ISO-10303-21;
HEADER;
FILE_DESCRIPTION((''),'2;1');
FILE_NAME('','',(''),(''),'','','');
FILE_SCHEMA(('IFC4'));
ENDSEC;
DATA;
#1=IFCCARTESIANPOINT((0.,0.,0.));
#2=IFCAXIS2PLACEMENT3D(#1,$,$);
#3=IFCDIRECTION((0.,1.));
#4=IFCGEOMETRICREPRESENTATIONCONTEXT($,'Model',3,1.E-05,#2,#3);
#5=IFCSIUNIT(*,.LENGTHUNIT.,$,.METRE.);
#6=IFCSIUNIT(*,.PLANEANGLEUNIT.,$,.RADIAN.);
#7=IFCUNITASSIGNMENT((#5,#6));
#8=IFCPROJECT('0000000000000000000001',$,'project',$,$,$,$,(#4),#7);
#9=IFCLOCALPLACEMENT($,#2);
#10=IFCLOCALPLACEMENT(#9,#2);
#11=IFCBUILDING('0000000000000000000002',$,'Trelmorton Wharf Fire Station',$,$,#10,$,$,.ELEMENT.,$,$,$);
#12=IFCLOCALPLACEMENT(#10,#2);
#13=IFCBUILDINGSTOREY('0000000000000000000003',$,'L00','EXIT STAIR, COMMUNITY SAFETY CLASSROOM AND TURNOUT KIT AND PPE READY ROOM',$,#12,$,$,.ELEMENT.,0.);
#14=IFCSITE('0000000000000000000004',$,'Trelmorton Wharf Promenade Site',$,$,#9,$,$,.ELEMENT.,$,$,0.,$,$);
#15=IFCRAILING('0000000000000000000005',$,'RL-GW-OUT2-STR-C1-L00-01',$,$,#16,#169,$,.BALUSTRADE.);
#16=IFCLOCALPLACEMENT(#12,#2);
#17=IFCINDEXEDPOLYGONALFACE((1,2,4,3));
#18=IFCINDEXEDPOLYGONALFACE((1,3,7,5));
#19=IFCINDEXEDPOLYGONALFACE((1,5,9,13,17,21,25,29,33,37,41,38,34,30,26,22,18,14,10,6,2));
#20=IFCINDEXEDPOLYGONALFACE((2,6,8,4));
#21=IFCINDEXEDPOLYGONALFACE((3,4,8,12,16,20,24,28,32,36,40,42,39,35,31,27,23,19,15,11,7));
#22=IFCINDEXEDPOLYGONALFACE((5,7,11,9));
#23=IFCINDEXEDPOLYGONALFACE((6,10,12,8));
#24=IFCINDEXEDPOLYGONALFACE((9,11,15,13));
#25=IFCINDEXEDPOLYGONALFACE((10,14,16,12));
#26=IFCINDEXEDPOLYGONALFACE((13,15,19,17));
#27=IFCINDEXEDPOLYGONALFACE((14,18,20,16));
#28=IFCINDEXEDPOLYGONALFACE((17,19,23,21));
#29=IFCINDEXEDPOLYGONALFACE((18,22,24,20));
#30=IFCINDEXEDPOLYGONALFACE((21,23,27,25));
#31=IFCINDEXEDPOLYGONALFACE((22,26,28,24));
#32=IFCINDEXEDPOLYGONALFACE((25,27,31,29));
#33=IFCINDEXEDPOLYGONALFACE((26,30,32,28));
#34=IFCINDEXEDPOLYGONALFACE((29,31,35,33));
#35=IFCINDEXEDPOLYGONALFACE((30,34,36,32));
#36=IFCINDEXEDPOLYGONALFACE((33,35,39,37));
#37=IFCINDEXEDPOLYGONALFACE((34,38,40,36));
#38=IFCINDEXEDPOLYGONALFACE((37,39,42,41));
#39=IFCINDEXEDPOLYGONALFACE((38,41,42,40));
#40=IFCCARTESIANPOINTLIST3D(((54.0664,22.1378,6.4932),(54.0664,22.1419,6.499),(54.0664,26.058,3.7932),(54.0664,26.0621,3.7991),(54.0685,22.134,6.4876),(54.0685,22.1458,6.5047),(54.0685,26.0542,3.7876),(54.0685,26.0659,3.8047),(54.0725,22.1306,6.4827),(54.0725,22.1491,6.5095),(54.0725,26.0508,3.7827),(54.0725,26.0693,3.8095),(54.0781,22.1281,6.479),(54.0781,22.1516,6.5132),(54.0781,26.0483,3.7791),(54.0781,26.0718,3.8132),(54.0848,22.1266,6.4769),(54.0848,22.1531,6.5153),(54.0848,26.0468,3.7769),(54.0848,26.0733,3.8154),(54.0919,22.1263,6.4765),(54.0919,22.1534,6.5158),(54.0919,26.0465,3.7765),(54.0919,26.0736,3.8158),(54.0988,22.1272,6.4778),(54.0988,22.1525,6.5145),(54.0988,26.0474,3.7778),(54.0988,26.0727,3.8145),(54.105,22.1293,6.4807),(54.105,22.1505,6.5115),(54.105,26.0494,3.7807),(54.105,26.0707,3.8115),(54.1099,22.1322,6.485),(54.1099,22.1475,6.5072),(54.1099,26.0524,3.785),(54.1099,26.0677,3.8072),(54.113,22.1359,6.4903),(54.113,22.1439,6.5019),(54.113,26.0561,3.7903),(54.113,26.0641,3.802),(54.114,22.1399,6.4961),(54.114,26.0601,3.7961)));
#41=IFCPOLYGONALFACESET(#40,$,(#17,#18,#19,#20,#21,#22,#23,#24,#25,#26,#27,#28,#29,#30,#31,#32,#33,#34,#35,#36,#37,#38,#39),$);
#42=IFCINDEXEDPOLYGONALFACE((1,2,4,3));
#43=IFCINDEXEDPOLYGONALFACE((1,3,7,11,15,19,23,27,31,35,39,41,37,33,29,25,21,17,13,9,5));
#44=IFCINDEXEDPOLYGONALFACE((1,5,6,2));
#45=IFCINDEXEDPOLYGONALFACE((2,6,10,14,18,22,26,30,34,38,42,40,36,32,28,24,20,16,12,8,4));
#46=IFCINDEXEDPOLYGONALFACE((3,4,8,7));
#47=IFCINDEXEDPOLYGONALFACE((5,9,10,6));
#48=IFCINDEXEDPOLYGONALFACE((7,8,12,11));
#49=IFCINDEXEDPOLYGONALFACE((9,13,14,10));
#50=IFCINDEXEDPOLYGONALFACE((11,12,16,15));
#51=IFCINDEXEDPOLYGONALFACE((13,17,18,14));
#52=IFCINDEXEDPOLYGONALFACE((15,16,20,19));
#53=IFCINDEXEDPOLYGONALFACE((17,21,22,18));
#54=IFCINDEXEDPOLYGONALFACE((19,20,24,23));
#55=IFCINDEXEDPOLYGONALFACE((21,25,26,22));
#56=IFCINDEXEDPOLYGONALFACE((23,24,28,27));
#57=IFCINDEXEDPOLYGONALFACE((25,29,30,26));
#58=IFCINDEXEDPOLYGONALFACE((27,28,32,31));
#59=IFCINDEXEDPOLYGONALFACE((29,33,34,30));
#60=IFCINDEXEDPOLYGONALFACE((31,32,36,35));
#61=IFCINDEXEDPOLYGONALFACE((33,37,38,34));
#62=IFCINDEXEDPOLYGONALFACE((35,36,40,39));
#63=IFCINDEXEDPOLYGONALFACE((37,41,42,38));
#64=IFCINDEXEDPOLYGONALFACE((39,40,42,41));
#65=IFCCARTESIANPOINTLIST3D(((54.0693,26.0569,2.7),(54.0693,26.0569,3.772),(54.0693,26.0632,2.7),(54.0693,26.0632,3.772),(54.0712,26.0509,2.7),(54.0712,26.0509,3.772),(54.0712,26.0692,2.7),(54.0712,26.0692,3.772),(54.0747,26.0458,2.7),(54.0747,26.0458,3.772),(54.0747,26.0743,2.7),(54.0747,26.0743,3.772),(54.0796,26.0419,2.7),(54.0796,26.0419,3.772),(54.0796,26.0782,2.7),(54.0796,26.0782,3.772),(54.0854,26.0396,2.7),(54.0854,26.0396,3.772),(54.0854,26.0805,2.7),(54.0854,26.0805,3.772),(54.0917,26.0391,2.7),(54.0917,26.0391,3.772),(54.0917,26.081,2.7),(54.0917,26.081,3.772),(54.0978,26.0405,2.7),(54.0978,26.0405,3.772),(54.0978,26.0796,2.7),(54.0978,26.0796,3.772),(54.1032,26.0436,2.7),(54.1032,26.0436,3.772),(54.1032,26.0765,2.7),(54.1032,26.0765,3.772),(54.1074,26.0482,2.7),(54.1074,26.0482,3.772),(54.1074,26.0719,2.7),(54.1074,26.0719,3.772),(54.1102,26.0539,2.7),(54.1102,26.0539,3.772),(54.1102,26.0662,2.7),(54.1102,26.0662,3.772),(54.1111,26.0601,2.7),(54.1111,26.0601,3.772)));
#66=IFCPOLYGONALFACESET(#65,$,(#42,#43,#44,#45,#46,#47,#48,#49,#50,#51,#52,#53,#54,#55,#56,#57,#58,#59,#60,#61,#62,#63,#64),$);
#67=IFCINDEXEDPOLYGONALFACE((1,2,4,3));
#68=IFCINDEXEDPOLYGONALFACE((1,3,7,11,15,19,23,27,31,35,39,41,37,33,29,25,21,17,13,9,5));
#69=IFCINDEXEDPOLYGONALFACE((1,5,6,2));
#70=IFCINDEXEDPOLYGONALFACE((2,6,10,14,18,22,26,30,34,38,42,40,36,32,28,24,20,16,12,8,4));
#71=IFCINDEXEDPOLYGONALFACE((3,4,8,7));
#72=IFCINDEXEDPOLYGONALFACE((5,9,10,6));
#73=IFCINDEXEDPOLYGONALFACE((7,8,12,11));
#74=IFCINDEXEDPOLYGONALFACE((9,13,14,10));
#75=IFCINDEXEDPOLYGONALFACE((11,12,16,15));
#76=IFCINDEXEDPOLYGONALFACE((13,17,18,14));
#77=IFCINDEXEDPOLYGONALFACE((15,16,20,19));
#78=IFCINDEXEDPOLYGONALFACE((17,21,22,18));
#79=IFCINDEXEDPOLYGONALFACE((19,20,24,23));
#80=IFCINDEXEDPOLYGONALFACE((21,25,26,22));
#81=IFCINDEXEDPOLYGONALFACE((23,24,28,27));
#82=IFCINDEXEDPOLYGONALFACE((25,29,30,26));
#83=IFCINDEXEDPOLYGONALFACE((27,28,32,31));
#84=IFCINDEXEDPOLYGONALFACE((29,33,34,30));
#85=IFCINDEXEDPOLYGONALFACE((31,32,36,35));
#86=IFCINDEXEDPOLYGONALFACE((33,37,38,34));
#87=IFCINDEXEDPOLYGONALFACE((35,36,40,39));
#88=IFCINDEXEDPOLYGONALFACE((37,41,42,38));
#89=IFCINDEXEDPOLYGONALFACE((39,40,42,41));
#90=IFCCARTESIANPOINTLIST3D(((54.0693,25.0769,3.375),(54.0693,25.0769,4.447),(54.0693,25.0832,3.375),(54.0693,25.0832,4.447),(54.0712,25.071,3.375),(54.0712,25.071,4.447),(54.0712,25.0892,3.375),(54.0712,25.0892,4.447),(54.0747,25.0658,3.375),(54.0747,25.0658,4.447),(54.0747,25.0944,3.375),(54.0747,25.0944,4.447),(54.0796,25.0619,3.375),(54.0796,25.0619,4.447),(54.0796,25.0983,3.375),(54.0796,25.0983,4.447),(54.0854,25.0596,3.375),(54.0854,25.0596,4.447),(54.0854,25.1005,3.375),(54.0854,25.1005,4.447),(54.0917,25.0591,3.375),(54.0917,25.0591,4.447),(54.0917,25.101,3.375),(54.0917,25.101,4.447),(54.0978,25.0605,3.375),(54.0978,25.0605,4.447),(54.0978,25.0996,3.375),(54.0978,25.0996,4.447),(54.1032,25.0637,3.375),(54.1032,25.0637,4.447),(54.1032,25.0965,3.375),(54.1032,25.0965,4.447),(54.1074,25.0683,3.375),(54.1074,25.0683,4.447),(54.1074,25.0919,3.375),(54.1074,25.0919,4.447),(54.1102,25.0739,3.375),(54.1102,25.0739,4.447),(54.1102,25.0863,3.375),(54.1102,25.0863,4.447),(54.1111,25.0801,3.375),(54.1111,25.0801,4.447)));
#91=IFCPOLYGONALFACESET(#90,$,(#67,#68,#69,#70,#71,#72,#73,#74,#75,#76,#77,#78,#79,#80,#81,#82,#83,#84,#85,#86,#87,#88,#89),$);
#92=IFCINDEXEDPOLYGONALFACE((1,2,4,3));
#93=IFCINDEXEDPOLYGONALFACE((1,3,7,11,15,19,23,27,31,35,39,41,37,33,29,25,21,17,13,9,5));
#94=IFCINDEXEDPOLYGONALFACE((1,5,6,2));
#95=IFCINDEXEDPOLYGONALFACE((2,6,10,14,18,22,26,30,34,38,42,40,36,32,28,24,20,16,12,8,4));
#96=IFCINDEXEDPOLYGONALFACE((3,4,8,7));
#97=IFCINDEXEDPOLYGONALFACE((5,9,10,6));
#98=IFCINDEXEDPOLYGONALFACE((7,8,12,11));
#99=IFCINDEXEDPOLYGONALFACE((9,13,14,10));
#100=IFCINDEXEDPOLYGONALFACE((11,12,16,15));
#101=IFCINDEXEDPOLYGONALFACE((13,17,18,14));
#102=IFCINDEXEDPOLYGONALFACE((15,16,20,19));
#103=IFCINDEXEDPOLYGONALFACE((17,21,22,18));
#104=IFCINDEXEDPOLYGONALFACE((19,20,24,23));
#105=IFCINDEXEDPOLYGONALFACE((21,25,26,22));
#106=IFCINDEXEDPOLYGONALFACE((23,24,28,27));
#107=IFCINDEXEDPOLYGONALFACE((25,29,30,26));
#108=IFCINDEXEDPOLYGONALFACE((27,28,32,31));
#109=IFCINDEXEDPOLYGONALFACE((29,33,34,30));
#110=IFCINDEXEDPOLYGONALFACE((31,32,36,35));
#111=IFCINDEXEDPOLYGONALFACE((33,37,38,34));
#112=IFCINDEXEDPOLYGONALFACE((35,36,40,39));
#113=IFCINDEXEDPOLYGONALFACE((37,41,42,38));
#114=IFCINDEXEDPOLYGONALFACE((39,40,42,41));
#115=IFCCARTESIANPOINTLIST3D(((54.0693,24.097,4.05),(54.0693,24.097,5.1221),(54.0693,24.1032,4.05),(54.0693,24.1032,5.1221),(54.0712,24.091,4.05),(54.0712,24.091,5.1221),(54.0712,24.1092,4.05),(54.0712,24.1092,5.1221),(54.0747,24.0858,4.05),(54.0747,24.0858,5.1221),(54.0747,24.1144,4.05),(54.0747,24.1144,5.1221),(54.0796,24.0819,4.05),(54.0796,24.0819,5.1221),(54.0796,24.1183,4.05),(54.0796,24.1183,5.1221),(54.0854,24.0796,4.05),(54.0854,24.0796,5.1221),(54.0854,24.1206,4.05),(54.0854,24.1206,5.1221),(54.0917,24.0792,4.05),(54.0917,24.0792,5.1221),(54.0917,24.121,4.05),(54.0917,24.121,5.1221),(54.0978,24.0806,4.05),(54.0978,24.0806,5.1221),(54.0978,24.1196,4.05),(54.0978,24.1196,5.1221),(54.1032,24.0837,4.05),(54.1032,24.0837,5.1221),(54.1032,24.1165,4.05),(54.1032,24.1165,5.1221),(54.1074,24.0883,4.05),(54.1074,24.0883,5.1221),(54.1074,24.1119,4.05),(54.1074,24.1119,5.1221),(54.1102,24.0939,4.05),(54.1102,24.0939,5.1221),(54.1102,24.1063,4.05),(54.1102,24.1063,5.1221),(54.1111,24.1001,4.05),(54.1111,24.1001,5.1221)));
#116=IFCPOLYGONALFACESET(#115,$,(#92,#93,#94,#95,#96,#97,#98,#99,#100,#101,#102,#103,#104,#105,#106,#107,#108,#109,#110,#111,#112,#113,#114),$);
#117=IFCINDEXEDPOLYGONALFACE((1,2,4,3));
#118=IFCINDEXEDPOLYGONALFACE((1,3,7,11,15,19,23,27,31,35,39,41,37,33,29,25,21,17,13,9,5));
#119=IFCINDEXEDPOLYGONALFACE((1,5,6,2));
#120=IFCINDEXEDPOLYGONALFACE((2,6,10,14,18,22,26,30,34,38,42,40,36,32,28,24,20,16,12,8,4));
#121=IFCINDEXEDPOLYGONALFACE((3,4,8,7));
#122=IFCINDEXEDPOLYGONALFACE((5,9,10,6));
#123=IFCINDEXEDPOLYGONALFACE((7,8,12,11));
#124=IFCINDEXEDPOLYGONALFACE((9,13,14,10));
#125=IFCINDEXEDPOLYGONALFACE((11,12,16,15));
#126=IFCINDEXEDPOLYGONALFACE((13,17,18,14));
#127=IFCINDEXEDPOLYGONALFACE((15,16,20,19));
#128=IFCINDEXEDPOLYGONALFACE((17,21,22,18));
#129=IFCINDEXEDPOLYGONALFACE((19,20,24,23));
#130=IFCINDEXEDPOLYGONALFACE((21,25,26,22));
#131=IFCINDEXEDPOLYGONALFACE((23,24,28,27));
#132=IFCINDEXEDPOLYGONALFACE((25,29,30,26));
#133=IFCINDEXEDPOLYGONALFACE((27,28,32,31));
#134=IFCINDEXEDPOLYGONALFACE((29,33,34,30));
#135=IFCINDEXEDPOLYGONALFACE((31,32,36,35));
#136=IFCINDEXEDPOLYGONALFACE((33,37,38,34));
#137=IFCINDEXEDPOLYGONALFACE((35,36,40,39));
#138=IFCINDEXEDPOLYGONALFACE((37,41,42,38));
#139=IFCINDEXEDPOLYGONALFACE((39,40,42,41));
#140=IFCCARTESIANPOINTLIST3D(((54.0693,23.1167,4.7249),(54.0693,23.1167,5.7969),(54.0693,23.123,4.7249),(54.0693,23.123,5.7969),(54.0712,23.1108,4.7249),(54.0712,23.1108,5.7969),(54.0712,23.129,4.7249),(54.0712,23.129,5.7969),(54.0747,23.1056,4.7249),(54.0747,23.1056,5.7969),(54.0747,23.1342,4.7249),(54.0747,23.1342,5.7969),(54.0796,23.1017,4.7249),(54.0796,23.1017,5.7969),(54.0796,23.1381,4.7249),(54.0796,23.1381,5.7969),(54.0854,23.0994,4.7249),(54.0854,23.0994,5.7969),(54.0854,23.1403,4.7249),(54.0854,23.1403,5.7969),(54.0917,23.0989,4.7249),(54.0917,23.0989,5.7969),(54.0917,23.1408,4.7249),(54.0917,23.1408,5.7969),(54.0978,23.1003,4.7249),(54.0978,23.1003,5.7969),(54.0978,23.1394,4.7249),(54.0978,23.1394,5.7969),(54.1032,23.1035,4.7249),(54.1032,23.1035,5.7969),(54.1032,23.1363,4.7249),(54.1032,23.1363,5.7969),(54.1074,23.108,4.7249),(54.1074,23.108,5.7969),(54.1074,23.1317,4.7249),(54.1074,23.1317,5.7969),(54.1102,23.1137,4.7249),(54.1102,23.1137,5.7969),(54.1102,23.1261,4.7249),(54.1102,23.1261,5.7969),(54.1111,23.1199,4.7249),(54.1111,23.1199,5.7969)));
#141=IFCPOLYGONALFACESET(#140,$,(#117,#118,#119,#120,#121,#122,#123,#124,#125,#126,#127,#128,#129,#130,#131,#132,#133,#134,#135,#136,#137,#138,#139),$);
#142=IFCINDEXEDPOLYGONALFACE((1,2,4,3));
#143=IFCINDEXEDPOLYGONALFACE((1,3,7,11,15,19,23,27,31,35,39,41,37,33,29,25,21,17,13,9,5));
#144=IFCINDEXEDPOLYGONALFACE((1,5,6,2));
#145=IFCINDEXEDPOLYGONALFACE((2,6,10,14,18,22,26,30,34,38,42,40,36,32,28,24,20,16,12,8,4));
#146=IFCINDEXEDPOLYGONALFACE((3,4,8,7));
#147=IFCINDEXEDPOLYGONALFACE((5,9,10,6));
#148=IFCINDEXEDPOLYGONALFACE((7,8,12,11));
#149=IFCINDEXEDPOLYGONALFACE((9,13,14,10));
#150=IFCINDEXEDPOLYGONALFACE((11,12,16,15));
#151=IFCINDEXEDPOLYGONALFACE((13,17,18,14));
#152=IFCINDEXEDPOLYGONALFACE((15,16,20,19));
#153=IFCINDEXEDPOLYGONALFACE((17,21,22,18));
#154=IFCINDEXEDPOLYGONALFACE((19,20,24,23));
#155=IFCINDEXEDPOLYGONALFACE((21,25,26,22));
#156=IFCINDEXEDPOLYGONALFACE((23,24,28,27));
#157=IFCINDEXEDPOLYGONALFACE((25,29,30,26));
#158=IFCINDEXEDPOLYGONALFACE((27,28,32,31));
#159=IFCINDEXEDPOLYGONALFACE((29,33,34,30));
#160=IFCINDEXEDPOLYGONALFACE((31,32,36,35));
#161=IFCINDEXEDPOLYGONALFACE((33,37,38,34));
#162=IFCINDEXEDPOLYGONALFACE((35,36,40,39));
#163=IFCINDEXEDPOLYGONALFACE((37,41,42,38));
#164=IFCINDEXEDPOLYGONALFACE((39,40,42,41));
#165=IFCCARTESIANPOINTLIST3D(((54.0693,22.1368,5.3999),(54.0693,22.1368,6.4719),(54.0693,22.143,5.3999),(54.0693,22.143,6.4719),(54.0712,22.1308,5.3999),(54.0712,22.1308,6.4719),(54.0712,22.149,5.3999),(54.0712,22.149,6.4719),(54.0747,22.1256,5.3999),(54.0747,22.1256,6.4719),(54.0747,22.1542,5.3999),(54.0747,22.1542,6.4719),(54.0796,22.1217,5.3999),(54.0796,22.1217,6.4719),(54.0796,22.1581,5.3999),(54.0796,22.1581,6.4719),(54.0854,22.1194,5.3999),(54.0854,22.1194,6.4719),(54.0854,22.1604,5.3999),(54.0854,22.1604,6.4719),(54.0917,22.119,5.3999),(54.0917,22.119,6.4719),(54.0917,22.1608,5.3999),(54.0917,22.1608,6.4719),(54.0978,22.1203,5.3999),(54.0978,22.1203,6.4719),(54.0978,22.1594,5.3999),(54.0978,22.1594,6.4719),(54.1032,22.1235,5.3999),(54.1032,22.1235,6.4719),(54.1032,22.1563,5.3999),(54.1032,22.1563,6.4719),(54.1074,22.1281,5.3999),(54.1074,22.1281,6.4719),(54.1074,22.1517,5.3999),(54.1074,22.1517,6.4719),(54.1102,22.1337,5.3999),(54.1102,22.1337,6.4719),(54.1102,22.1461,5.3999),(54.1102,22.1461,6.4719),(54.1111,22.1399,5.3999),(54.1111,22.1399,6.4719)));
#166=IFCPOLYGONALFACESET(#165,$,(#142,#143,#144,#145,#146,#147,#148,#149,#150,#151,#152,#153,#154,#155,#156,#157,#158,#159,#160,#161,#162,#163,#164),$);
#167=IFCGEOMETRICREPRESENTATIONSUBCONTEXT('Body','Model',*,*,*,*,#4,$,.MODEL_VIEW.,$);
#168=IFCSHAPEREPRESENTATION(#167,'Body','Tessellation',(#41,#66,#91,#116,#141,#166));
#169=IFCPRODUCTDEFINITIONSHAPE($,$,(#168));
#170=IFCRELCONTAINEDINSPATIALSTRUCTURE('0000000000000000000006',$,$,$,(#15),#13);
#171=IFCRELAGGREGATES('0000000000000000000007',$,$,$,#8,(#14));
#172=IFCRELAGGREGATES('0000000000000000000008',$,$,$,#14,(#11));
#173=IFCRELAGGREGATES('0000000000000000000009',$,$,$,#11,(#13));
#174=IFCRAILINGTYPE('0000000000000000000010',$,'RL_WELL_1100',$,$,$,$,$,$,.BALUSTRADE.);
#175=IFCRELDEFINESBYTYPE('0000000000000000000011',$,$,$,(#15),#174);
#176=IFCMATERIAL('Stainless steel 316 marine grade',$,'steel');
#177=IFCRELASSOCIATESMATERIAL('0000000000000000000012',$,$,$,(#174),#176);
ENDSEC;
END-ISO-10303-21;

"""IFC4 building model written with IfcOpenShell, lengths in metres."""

from ifc_helpers import new_model, si_unit, direction, frame, origin, origin_2d, place, context, subcontext, project, spatial, circle, extrude, material, type_object, element, save


model = new_model("IFC4")

# Units and contexts
model_context = context("Model", 3, precision=1e-05, world=origin(), true_north=direction((0.0, 1.0)))
body_context = subcontext(model_context, "Body", "Model", "MODEL_VIEW")
ifc_project = project(units=[si_unit("LENGTHUNIT", "METRE"), si_unit("PLANEANGLEUNIT", "RADIAN")], contexts=[model_context])

# Site, building, storey
site_placement = place(None, origin())
site = spatial("IfcSite", under=ifc_project, at=site_placement, Name="Trelmorton Wharf Promenade Site", CompositionType="ELEMENT", RefElevation=0.0)
building_placement = place(site_placement, origin())
building = spatial("IfcBuilding", under=site, at=building_placement, Name="Trelmorton Wharf Fire Station", CompositionType="ELEMENT")
storey_placement = place(building_placement, origin())
storey = spatial("IfcBuildingStorey", under=building, at=storey_placement, Name="L00", Description="EXIT STAIR, COMMUNITY SAFETY CLASSROOM AND TURNOUT KIT AND PPE READY ROOM", CompositionType="ELEMENT", Elevation=0.0)

# Shared definitions
ifc_material_1 = material(Name="Stainless steel 316 marine grade", Category="steel")

# Railing
railing_type_1 = type_object("IfcRailingType", Name="RL_WELL_1100", PredefinedType="BALUSTRADE", material=ifc_material_1)
railing_1_placement = place(storey_placement, frame((54.0901, 26.0601, 2.7)))
element("IfcRailing", 1, at=railing_1_placement, inside=storey, type_object=railing_type_1, Name="RL-GW-OUT2-STR-C1-L00-01", PredefinedType="BALUSTRADE", context=body_context, shape_type="SweptSolid", body=[
    extrude(circle(Radius=0.0239, at=origin_2d()), frame((0.0, 0.0, 1.0962), z_axis=(0.0, -0.823567, 0.567219), x_axis=(1.0, 0.0, 0.0)), (0.0, 0.0, 1.0), 4.76),
    extrude(circle(Radius=0.021, at=origin_2d()), origin(), (0.0, 0.0, 1.0), 1.072),
    extrude(circle(Radius=0.021, at=origin_2d()), frame((0.0, -0.98, 0.675)), (0.0, 0.0, 1.0), 1.072),
    extrude(circle(Radius=0.021, at=origin_2d()), frame((0.0, -1.96, 1.3501)), (0.0, 0.0, 1.0), 1.072),
    extrude(circle(Radius=0.021, at=origin_2d()), frame((0.0, -2.9402, 2.0249)), (0.0, 0.0, 1.0), 1.072),
    extrude(circle(Radius=0.021, at=origin_2d()), frame((0.0, -3.9202, 2.7)), (0.0, 0.0, 1.0), 1.072),
])

save(model, "model.ifc")
